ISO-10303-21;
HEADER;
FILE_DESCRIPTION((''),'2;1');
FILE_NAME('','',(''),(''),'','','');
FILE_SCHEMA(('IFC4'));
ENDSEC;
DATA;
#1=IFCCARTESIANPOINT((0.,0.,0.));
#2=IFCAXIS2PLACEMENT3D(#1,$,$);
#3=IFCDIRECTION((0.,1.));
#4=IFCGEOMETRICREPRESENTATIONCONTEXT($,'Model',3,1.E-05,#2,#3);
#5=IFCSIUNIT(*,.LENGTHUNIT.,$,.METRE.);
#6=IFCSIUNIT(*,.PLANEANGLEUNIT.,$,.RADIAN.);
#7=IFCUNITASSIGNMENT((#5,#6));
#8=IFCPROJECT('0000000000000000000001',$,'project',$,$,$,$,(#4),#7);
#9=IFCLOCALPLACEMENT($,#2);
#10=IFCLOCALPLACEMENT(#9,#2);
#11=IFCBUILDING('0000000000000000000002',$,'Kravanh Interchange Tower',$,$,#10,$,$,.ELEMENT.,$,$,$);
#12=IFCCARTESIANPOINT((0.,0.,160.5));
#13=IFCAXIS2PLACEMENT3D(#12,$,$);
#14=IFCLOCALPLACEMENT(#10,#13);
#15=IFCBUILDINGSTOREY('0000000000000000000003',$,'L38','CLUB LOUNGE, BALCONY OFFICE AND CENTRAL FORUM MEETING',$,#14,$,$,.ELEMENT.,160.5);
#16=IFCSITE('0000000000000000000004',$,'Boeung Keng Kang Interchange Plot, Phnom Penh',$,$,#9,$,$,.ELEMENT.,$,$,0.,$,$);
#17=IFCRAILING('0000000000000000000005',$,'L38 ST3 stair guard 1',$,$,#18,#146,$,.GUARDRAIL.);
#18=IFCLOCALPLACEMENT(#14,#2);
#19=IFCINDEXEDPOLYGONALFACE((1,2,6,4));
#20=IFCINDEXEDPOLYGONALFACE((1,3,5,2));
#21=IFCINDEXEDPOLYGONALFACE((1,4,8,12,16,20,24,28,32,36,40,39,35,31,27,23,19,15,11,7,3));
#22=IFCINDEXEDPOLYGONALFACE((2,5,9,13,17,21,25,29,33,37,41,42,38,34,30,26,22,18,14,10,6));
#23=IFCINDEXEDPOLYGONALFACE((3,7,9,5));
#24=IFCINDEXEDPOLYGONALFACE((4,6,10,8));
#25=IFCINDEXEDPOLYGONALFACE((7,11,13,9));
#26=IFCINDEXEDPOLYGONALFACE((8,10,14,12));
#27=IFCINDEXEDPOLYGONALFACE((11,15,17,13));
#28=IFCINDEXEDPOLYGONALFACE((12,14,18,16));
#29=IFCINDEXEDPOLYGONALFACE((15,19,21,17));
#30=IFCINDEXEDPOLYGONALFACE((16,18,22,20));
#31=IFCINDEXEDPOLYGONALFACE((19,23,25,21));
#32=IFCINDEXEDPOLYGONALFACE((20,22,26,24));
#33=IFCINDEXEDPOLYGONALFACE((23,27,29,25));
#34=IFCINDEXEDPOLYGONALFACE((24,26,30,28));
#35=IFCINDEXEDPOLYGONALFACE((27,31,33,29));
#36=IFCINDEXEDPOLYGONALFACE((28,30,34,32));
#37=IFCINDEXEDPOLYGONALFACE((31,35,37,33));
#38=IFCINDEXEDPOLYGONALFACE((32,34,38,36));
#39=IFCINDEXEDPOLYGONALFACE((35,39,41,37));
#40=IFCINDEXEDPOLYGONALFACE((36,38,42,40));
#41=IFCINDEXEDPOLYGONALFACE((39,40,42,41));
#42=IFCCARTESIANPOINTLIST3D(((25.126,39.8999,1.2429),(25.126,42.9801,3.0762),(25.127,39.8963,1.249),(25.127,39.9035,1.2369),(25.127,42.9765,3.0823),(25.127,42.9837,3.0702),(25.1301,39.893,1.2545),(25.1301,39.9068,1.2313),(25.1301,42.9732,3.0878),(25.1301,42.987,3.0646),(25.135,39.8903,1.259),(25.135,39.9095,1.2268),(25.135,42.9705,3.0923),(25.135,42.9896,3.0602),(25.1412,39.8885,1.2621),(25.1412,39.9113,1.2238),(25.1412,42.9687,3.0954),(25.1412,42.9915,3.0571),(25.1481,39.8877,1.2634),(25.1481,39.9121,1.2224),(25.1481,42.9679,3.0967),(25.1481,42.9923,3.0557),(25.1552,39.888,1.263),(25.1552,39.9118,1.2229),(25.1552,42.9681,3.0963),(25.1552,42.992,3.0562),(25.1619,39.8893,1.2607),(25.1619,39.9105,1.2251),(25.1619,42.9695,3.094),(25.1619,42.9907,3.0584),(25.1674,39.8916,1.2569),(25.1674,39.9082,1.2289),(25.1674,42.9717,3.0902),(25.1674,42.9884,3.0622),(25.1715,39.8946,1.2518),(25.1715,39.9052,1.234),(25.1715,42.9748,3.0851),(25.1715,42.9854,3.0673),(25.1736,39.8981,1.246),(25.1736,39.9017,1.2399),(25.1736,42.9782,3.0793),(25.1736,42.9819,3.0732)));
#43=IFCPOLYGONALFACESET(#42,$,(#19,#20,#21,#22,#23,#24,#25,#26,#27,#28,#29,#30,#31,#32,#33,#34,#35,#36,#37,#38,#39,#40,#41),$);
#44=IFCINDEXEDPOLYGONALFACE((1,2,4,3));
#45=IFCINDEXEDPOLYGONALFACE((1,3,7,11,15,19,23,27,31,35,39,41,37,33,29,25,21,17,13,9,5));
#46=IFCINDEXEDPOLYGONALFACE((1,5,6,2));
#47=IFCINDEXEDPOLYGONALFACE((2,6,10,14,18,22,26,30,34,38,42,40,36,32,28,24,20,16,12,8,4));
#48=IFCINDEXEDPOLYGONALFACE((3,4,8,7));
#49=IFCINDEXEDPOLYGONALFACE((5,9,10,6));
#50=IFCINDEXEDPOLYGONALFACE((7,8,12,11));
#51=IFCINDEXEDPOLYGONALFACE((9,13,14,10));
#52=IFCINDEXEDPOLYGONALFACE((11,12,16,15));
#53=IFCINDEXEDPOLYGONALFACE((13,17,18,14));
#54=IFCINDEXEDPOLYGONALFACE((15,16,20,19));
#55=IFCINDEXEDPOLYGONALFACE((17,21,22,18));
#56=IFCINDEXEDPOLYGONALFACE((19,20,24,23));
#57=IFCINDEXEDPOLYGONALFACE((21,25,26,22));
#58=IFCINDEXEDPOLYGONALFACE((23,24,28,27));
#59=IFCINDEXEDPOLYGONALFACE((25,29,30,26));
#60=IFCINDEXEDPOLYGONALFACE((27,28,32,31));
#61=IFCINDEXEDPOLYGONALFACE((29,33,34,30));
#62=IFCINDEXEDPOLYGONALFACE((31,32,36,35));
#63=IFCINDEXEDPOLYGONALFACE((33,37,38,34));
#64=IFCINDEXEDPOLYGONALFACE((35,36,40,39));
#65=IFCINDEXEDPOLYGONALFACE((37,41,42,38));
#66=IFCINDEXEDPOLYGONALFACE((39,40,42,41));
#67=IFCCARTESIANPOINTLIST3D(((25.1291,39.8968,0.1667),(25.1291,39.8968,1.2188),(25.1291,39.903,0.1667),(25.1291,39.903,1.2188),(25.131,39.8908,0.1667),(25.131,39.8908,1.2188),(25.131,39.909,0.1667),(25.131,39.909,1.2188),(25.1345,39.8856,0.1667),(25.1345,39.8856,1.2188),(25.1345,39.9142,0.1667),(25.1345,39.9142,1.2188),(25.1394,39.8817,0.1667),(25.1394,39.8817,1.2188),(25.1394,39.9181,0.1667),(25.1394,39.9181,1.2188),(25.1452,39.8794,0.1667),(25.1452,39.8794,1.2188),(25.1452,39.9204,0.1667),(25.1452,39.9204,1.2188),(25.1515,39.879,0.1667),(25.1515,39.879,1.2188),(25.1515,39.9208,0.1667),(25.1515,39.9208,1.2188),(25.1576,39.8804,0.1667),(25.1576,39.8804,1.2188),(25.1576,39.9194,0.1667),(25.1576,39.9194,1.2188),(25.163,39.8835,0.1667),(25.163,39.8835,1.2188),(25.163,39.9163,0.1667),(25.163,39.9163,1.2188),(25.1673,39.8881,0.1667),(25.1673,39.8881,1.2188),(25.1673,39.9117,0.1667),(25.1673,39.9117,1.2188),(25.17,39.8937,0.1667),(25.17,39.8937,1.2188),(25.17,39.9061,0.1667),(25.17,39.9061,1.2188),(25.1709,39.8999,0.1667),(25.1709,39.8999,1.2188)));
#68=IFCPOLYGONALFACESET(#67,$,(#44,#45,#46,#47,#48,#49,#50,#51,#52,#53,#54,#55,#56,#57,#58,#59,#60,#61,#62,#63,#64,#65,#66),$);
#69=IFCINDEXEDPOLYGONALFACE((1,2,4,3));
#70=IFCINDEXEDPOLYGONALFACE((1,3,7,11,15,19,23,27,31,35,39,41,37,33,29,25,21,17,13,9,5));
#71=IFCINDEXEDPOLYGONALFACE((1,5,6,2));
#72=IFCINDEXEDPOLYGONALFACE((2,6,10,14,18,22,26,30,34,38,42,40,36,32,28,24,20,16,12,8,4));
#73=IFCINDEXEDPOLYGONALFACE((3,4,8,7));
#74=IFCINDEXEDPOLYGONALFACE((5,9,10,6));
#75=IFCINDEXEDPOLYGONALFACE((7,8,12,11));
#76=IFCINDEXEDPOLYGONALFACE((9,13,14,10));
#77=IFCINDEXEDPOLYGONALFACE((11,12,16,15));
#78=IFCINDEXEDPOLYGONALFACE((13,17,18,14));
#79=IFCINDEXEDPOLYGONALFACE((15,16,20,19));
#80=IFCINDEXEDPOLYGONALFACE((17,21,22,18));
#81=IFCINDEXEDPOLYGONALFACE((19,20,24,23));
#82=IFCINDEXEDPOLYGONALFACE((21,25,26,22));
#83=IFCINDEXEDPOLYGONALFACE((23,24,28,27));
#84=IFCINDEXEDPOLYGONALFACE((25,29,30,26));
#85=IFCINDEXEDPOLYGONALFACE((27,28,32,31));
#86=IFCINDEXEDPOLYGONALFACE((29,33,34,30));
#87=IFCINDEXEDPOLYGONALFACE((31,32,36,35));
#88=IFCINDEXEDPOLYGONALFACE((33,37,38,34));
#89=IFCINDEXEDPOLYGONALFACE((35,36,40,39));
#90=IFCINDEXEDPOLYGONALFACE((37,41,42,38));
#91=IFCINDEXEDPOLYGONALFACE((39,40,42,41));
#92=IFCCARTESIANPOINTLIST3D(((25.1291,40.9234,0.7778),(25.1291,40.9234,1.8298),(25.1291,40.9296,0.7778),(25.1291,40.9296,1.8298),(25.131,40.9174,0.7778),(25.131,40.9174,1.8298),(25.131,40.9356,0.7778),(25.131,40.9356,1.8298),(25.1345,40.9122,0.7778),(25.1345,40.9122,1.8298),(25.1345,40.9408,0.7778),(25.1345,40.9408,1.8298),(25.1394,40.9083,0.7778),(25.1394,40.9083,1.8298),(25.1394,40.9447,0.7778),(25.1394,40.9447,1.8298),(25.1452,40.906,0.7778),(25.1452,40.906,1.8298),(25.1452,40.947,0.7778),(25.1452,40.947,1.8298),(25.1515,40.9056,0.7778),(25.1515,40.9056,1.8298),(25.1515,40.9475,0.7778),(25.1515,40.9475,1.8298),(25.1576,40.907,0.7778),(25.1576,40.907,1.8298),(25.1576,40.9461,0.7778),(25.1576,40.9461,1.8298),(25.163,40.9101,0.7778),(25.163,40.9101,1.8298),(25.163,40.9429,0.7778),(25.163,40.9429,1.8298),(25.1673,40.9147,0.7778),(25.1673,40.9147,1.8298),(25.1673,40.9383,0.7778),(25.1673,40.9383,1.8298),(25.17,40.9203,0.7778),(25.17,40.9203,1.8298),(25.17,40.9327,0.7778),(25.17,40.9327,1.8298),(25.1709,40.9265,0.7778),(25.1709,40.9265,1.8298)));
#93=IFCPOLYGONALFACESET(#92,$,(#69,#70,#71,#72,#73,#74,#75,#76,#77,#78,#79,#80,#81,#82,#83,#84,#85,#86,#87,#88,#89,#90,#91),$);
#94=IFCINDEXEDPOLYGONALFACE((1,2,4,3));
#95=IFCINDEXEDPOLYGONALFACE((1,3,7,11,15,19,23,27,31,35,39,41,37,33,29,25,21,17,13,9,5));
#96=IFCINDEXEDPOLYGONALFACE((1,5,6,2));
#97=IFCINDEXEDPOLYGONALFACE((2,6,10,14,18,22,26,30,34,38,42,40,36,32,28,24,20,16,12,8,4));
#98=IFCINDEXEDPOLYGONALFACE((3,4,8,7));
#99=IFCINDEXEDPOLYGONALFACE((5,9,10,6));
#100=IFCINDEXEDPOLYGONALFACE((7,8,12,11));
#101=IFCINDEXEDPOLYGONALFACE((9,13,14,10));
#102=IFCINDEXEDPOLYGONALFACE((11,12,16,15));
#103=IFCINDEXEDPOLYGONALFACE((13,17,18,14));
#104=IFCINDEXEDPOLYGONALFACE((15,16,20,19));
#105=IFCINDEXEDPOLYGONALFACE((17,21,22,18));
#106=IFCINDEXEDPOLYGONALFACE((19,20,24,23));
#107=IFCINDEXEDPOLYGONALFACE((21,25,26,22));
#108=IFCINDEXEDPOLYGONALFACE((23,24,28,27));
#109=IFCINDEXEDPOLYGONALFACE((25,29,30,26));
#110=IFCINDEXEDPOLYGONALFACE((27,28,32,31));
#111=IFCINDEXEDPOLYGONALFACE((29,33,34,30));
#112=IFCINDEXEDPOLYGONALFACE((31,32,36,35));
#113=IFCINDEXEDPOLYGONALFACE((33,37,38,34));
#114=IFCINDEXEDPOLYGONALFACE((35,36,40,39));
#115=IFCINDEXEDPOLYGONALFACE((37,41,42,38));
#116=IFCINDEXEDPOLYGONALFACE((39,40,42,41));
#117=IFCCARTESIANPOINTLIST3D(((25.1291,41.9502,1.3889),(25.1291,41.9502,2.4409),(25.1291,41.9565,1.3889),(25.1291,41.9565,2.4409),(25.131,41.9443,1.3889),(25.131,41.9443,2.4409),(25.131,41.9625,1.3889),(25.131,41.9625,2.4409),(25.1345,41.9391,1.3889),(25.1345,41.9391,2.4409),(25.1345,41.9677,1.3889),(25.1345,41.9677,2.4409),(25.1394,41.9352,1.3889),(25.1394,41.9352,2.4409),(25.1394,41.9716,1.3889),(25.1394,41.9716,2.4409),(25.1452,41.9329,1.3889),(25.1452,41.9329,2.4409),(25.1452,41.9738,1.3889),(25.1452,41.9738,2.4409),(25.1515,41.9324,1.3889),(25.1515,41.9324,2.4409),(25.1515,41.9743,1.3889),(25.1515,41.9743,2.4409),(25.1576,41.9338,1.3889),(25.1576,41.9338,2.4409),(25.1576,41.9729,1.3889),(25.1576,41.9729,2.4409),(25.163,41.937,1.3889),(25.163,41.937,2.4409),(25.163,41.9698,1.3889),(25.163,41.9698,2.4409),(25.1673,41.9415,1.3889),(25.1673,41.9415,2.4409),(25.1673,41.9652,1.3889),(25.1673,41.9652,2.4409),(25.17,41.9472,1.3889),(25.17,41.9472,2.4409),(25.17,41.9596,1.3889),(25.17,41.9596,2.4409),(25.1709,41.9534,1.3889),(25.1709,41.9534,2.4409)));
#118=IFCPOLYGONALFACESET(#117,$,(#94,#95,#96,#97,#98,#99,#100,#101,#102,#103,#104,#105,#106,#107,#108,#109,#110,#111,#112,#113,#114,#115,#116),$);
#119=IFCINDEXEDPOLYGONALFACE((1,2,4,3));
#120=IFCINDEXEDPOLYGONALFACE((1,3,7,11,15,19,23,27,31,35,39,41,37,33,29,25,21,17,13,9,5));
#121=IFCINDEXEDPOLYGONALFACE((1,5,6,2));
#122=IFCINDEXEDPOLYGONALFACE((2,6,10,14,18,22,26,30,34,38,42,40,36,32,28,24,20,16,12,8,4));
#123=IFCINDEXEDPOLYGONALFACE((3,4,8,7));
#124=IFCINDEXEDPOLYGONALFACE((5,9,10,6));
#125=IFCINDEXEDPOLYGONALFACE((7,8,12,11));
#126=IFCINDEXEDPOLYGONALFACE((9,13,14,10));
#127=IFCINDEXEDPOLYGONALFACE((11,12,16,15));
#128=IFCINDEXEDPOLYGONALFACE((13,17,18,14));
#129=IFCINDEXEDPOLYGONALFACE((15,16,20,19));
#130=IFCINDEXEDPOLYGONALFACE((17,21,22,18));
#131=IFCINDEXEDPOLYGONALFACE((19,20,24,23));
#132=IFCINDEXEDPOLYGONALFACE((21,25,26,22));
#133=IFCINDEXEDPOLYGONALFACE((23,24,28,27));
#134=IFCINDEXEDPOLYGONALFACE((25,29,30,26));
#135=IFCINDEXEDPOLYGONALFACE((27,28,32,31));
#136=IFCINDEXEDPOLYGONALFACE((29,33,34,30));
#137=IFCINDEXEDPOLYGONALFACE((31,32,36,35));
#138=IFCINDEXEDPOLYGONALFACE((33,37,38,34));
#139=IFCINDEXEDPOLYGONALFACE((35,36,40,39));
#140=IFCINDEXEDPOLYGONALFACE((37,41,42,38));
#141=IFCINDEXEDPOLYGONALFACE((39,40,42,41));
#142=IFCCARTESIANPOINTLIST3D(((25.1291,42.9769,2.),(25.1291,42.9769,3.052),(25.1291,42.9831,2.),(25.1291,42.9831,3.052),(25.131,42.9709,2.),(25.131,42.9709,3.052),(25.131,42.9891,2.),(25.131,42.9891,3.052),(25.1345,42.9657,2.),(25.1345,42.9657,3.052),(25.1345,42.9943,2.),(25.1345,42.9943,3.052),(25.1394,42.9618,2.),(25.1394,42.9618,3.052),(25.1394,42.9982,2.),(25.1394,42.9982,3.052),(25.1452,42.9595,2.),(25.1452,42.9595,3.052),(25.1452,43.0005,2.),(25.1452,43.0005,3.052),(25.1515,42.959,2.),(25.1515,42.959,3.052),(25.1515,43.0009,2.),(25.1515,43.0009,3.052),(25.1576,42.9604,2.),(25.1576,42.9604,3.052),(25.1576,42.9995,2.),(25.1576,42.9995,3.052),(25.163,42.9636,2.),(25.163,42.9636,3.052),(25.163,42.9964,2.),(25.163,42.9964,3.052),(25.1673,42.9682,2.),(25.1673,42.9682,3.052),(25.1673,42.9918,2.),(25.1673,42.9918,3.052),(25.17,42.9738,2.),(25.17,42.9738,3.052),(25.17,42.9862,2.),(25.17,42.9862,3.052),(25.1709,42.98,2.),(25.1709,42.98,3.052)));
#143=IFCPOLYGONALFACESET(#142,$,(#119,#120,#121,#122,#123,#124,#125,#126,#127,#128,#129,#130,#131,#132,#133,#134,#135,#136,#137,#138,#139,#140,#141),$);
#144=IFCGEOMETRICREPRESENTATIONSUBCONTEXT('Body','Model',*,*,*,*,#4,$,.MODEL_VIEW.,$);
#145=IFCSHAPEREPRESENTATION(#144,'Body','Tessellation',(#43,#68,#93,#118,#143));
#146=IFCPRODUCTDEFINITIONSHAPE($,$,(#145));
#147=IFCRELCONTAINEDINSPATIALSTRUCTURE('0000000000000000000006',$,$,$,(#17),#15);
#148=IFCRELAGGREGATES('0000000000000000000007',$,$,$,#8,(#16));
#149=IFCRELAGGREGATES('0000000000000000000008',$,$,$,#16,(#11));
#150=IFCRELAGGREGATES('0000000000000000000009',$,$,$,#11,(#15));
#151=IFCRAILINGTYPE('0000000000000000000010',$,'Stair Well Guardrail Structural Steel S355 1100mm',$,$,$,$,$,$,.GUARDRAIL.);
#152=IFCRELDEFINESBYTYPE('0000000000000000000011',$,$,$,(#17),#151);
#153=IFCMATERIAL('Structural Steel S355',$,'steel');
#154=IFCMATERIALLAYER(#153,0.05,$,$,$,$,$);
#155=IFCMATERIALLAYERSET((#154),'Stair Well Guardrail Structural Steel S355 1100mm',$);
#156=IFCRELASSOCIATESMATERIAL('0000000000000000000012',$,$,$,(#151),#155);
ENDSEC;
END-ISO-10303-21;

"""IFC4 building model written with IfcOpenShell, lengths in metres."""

from ifc_helpers import new_model, si_unit, direction, frame, origin, origin_2d, place, context, subcontext, project, spatial, circle, extrude, material, layer, layer_set, type_object, element, save


model = new_model("IFC4")

# Units and contexts
model_context = context("Model", 3, precision=1e-05, world=origin(), true_north=direction((0.0, 1.0)))
body_context = subcontext(model_context, "Body", "Model", "MODEL_VIEW")
ifc_project = project(units=[si_unit("LENGTHUNIT", "METRE"), si_unit("PLANEANGLEUNIT", "RADIAN")], contexts=[model_context])

# Site, building, storey
site_placement = place(None, origin())
site = spatial("IfcSite", under=ifc_project, at=site_placement, Name="Boeung Keng Kang Interchange Plot, Phnom Penh", CompositionType="ELEMENT", RefElevation=0.0)
building_placement = place(site_placement, origin())
building = spatial("IfcBuilding", under=site, at=building_placement, Name="Kravanh Interchange Tower", CompositionType="ELEMENT")
storey_placement = place(building_placement, frame((0.0, 0.0, 160.5)))
storey = spatial("IfcBuildingStorey", under=building, at=storey_placement, Name="L38", Description="CLUB LOUNGE, BALCONY OFFICE AND CENTRAL FORUM MEETING", CompositionType="ELEMENT", Elevation=160.5)

# Railing
ifc_material_1 = material(Name="Structural Steel S355", Category="steel")
ifc_layer_1 = layer(ifc_material_1, 0.05)
ifc_layer_set_1 = layer_set([ifc_layer_1], Name="Stair Well Guardrail Structural Steel S355 1100mm")
railing_type_1 = type_object("IfcRailingType", Name="Stair Well Guardrail Structural Steel S355 1100mm", PredefinedType="GUARDRAIL", material=ifc_layer_set_1)
railing_1_placement = place(storey_placement, frame((25.1499, 39.8999, 0.1667)))
element("IfcRailing", 1, at=railing_1_placement, inside=storey, type_object=railing_type_1, Name="L38 ST3 stair guard 1", PredefinedType="GUARDRAIL", context=body_context, shape_type="SweptSolid", body=[
    extrude(circle(Radius=0.0239, at=origin_2d()), frame((0.0, 0.0, 1.0762), z_axis=(0.0, 0.859309, 0.511458), x_axis=(-1.0, 0.0, 0.0)), (0.0, 0.0, 1.0), 3.5845),
    extrude(circle(Radius=0.021, at=origin_2d()), origin(), (0.0, 0.0, 1.0), 1.052),
    extrude(circle(Radius=0.021, at=origin_2d()), frame((0.0, 1.0266, 0.6111)), (0.0, 0.0, 1.0), 1.052),
    extrude(circle(Radius=0.021, at=origin_2d()), frame((0.0, 2.0535, 1.2222)), (0.0, 0.0, 1.0), 1.052),
    extrude(circle(Radius=0.021, at=origin_2d()), frame((0.0, 3.0801, 1.8333)), (0.0, 0.0, 1.0), 1.052),
])

save(model, "model.ifc")
